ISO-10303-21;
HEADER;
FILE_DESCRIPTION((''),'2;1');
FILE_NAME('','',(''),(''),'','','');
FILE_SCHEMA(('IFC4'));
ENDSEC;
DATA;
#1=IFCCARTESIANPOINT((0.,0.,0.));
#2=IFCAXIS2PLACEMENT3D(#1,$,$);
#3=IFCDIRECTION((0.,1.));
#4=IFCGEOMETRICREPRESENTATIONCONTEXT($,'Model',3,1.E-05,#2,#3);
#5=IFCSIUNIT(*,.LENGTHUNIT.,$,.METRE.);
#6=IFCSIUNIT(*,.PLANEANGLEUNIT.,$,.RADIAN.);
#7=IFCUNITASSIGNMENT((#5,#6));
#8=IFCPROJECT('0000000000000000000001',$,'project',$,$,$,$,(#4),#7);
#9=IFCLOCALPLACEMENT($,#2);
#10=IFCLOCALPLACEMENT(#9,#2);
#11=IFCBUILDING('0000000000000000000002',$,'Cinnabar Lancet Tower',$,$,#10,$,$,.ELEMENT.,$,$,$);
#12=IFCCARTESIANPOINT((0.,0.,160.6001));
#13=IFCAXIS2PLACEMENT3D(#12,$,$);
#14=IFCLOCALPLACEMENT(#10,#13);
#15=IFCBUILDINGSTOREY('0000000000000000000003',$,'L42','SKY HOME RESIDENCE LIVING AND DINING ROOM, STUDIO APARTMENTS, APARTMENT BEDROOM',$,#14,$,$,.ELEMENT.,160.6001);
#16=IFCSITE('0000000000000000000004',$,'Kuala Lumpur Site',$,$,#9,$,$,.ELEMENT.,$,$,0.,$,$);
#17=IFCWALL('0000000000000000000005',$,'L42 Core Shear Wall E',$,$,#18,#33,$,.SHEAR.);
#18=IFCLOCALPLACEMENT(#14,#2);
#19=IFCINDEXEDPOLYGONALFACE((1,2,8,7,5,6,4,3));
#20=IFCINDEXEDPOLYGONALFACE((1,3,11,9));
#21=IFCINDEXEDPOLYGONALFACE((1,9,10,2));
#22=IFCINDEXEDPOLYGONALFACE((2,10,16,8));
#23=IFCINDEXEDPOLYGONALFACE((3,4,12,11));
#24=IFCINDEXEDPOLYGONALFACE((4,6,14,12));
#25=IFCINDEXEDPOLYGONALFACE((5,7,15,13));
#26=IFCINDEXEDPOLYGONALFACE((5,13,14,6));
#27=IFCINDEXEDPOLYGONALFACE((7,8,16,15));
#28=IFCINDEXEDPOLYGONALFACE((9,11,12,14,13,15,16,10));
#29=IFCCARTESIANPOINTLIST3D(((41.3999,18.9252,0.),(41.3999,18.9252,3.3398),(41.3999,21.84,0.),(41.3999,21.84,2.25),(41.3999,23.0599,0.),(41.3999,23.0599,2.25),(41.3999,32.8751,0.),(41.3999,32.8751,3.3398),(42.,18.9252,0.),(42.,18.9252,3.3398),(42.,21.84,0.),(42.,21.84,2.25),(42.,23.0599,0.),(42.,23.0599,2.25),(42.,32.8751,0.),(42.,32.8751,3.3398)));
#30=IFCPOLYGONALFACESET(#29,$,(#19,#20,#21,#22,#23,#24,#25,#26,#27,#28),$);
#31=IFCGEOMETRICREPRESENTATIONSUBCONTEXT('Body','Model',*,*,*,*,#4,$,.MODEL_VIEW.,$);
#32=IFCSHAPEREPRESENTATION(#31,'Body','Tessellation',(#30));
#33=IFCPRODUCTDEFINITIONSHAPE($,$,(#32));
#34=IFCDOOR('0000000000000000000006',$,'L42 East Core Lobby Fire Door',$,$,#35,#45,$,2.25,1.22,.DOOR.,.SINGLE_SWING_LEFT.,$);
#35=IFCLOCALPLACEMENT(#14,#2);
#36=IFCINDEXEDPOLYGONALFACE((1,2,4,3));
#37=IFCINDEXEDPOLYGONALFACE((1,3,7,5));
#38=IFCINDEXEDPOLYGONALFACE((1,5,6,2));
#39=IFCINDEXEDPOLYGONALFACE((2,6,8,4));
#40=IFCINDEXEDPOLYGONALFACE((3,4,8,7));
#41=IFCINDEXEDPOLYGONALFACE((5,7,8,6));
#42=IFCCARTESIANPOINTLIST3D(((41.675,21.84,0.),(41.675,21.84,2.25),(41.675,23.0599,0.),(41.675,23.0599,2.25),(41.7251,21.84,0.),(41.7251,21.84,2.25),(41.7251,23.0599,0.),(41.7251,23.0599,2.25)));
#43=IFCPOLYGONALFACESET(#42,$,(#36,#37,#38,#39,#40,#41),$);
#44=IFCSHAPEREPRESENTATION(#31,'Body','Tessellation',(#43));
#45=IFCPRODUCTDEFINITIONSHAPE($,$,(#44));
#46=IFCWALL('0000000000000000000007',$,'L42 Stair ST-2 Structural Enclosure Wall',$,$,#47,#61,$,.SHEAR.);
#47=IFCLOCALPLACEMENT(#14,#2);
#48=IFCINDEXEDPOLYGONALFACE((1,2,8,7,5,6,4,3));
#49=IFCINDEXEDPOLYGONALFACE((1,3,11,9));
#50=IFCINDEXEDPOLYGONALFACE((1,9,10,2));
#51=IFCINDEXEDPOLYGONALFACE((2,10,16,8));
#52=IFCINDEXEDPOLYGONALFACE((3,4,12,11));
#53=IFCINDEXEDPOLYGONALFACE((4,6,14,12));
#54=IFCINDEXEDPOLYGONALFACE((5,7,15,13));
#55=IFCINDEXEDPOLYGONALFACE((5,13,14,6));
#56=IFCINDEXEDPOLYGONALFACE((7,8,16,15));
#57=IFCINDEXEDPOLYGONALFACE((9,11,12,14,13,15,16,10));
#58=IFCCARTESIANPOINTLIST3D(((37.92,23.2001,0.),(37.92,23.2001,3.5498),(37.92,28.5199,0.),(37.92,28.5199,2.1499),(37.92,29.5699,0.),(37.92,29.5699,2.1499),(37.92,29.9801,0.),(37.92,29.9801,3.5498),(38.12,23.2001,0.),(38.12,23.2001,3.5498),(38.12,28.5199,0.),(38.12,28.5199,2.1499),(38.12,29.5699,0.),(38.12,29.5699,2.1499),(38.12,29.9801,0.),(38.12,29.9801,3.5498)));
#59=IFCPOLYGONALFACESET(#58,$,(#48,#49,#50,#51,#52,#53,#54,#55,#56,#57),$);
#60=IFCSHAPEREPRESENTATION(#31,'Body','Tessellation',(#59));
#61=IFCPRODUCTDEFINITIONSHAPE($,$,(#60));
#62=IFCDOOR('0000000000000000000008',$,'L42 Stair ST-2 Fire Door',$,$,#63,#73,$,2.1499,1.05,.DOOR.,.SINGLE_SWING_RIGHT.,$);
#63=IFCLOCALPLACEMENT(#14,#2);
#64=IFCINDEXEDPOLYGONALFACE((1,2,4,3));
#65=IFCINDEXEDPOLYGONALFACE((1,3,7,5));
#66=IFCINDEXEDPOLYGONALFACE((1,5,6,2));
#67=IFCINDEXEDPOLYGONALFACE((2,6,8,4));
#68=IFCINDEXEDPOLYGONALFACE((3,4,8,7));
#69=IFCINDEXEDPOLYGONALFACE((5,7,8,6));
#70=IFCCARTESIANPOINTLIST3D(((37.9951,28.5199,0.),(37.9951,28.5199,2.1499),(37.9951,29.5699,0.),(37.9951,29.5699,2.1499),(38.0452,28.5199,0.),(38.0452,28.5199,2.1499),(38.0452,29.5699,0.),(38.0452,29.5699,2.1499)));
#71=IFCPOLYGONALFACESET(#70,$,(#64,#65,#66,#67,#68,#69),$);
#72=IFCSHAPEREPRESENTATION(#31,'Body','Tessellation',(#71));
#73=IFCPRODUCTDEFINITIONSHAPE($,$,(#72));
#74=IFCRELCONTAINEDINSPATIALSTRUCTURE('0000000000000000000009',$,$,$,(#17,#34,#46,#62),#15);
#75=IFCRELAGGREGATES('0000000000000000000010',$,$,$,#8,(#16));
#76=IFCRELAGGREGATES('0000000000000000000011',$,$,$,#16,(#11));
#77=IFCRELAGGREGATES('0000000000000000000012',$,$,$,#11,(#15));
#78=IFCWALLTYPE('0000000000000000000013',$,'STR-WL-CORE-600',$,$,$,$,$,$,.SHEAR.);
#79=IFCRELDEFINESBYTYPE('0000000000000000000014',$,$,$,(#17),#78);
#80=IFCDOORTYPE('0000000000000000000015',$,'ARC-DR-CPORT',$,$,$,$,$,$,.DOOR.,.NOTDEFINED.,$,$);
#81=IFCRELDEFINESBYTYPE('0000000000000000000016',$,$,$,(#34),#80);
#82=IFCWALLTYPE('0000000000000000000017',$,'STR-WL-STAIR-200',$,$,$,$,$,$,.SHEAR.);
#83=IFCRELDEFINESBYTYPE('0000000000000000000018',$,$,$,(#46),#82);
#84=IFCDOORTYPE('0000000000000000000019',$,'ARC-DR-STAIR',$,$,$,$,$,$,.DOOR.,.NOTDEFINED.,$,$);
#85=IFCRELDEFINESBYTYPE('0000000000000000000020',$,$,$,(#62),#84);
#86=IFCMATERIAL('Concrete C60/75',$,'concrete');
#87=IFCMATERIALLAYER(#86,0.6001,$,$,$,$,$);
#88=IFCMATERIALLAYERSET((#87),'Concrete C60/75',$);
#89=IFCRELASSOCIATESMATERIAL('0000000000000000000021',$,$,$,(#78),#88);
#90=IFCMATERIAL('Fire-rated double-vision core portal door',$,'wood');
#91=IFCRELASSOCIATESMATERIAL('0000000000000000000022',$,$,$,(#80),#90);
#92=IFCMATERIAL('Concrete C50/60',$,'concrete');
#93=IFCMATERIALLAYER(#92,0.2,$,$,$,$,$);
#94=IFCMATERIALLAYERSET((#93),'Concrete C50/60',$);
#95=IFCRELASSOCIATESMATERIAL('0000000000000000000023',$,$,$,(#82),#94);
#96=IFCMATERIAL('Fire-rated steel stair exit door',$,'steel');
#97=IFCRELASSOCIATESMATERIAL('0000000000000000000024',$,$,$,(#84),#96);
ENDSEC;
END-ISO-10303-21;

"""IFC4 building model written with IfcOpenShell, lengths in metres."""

from ifc_helpers import new_model, si_unit, direction, frame, frame_2d, origin, place, context, subcontext, project, spatial, rectangle, extrude, material, layer, layer_set, type_object, element, fill, save


model = new_model("IFC4")

# Units and contexts
model_context = context("Model", 3, precision=1e-05, world=origin(), true_north=direction((0.0, 1.0)))
body_context = subcontext(model_context, "Body", "Model", "MODEL_VIEW")
ifc_project = project(units=[si_unit("LENGTHUNIT", "METRE"), si_unit("PLANEANGLEUNIT", "RADIAN")], contexts=[model_context])

# Site, building, storey
site_placement = place(None, origin())
site = spatial("IfcSite", under=ifc_project, at=site_placement, Name="Kuala Lumpur Site", CompositionType="ELEMENT", RefElevation=0.0)
building_placement = place(site_placement, origin())
building = spatial("IfcBuilding", under=site, at=building_placement, Name="Cinnabar Lancet Tower", CompositionType="ELEMENT")
storey_placement = place(building_placement, frame((0.0, 0.0, 160.6001)))
storey = spatial("IfcBuildingStorey", under=building, at=storey_placement, Name="L42", Description="SKY HOME RESIDENCE LIVING AND DINING ROOM, STUDIO APARTMENTS, APARTMENT BEDROOM", CompositionType="ELEMENT", Elevation=160.6001)

# Walls, openings, doors
ifc_material_1 = material(Name="Concrete C60/75", Category="concrete")
ifc_layer_1 = layer(ifc_material_1, 0.6001)
ifc_layer_set_1 = layer_set([ifc_layer_1], Name="Concrete C60/75")
wall_type_1 = type_object("IfcWallType", Name="STR-WL-CORE-600", PredefinedType="SHEAR", material=ifc_layer_set_1)
wall_1_placement = place(storey_placement, frame((41.7, 18.925, 0.0), z_axis=(0.0, 0.0, 1.0), x_axis=(0.0, 1.0, 0.0)))
wall_1 = element("IfcWall", 1, at=wall_1_placement, inside=storey, type_object=wall_type_1, Name="L42 Core Shear Wall E", PredefinedType="SHEAR", context=body_context, shape_type="SweptSolid", body=[
    extrude(rectangle(XDim=13.95, YDim=0.6001, at=frame_2d((6.9751, 0.0))), origin(), (0.0, 0.0, 1.0), 3.3398),
])
opening_1_placement = place(wall_1_placement, frame((2.915, 0.0, 0.0)))
opening_1 = element("IfcOpeningElement", 2, at=opening_1_placement, cuts=wall_1, PredefinedType="OPENING", context=body_context, shape_type="SweptSolid", body=[
    extrude(rectangle(XDim=1.22, YDim=2.25, at=frame_2d((0.6099, 1.125))), frame((0.0, 0.3101, 0.0), z_axis=(0.0, -1.0, 0.0), x_axis=(1.0, 0.0, 0.0)), (0.0, 0.0, 1.0), 0.6201),
])
ifc_material_2 = material(Name="Fire-rated double-vision core portal door", Category="wood")
door_type_1 = type_object("IfcDoorType", Name="ARC-DR-CPORT", OperationType="NOTDEFINED", PredefinedType="DOOR", material=ifc_material_2)
door_1_placement = place(opening_1_placement, origin())
door_1 = element("IfcDoor", 3, at=door_1_placement, inside=storey, type_object=door_type_1, Name="L42 East Core Lobby Fire Door", OperationType="SINGLE_SWING_LEFT", OverallHeight=2.25, OverallWidth=1.22, PredefinedType="DOOR", context=body_context, shape_type="SweptSolid", body=[
    extrude(rectangle(XDim=1.22, YDim=2.25, at=frame_2d((0.6099, 1.125))), frame((0.0, 0.0249, 0.0), z_axis=(0.0, -1.0, 0.0), x_axis=(1.0, 0.0, 0.0)), (0.0, 0.0, 1.0), 0.05),
])
fill(opening_1, door_1)
ifc_material_3 = material(Name="Concrete C50/60", Category="concrete")
ifc_layer_2 = layer(ifc_material_3, 0.2)
ifc_layer_set_2 = layer_set([ifc_layer_2], Name="Concrete C50/60")
wall_type_2 = type_object("IfcWallType", Name="STR-WL-STAIR-200", PredefinedType="SHEAR", material=ifc_layer_set_2)
wall_2_placement = place(storey_placement, frame((38.02, 23.2, 0.0), z_axis=(0.0, 0.0, 1.0), x_axis=(0.0, 1.0, 0.0)))
wall_2 = element("IfcWall", 4, at=wall_2_placement, inside=storey, type_object=wall_type_2, Name="L42 Stair ST-2 Structural Enclosure Wall", PredefinedType="SHEAR", context=body_context, shape_type="SweptSolid", body=[
    extrude(rectangle(XDim=6.78, YDim=0.2, at=frame_2d((3.3901, 0.0))), origin(), (0.0, 0.0, 1.0), 3.5498),
])
opening_2_placement = place(wall_2_placement, frame((5.3201, 0.0, 0.0)))
opening_2 = element("IfcOpeningElement", 5, at=opening_2_placement, cuts=wall_2, PredefinedType="OPENING", context=body_context, shape_type="SweptSolid", body=[
    extrude(rectangle(XDim=1.05, YDim=2.1499, at=frame_2d((0.5249, 1.075))), frame((0.0, 0.1099, 0.0), z_axis=(0.0, -1.0, 0.0), x_axis=(1.0, 0.0, 0.0)), (0.0, 0.0, 1.0), 0.22),
])
ifc_material_4 = material(Name="Fire-rated steel stair exit door", Category="steel")
door_type_2 = type_object("IfcDoorType", Name="ARC-DR-STAIR", OperationType="NOTDEFINED", PredefinedType="DOOR", material=ifc_material_4)
door_2_placement = place(opening_2_placement, origin())
door_2 = element("IfcDoor", 6, at=door_2_placement, inside=storey, type_object=door_type_2, Name="L42 Stair ST-2 Fire Door", OperationType="SINGLE_SWING_RIGHT", OverallHeight=2.1499, OverallWidth=1.05, PredefinedType="DOOR", context=body_context, shape_type="SweptSolid", body=[
    extrude(rectangle(XDim=1.05, YDim=2.1499, at=frame_2d((0.5249, 1.075))), frame((0.0, 0.0249, 0.0), z_axis=(0.0, -1.0, 0.0), x_axis=(1.0, 0.0, 0.0)), (0.0, 0.0, 1.0), 0.05),
])
fill(opening_2, door_2)

save(model, "model.ifc")
